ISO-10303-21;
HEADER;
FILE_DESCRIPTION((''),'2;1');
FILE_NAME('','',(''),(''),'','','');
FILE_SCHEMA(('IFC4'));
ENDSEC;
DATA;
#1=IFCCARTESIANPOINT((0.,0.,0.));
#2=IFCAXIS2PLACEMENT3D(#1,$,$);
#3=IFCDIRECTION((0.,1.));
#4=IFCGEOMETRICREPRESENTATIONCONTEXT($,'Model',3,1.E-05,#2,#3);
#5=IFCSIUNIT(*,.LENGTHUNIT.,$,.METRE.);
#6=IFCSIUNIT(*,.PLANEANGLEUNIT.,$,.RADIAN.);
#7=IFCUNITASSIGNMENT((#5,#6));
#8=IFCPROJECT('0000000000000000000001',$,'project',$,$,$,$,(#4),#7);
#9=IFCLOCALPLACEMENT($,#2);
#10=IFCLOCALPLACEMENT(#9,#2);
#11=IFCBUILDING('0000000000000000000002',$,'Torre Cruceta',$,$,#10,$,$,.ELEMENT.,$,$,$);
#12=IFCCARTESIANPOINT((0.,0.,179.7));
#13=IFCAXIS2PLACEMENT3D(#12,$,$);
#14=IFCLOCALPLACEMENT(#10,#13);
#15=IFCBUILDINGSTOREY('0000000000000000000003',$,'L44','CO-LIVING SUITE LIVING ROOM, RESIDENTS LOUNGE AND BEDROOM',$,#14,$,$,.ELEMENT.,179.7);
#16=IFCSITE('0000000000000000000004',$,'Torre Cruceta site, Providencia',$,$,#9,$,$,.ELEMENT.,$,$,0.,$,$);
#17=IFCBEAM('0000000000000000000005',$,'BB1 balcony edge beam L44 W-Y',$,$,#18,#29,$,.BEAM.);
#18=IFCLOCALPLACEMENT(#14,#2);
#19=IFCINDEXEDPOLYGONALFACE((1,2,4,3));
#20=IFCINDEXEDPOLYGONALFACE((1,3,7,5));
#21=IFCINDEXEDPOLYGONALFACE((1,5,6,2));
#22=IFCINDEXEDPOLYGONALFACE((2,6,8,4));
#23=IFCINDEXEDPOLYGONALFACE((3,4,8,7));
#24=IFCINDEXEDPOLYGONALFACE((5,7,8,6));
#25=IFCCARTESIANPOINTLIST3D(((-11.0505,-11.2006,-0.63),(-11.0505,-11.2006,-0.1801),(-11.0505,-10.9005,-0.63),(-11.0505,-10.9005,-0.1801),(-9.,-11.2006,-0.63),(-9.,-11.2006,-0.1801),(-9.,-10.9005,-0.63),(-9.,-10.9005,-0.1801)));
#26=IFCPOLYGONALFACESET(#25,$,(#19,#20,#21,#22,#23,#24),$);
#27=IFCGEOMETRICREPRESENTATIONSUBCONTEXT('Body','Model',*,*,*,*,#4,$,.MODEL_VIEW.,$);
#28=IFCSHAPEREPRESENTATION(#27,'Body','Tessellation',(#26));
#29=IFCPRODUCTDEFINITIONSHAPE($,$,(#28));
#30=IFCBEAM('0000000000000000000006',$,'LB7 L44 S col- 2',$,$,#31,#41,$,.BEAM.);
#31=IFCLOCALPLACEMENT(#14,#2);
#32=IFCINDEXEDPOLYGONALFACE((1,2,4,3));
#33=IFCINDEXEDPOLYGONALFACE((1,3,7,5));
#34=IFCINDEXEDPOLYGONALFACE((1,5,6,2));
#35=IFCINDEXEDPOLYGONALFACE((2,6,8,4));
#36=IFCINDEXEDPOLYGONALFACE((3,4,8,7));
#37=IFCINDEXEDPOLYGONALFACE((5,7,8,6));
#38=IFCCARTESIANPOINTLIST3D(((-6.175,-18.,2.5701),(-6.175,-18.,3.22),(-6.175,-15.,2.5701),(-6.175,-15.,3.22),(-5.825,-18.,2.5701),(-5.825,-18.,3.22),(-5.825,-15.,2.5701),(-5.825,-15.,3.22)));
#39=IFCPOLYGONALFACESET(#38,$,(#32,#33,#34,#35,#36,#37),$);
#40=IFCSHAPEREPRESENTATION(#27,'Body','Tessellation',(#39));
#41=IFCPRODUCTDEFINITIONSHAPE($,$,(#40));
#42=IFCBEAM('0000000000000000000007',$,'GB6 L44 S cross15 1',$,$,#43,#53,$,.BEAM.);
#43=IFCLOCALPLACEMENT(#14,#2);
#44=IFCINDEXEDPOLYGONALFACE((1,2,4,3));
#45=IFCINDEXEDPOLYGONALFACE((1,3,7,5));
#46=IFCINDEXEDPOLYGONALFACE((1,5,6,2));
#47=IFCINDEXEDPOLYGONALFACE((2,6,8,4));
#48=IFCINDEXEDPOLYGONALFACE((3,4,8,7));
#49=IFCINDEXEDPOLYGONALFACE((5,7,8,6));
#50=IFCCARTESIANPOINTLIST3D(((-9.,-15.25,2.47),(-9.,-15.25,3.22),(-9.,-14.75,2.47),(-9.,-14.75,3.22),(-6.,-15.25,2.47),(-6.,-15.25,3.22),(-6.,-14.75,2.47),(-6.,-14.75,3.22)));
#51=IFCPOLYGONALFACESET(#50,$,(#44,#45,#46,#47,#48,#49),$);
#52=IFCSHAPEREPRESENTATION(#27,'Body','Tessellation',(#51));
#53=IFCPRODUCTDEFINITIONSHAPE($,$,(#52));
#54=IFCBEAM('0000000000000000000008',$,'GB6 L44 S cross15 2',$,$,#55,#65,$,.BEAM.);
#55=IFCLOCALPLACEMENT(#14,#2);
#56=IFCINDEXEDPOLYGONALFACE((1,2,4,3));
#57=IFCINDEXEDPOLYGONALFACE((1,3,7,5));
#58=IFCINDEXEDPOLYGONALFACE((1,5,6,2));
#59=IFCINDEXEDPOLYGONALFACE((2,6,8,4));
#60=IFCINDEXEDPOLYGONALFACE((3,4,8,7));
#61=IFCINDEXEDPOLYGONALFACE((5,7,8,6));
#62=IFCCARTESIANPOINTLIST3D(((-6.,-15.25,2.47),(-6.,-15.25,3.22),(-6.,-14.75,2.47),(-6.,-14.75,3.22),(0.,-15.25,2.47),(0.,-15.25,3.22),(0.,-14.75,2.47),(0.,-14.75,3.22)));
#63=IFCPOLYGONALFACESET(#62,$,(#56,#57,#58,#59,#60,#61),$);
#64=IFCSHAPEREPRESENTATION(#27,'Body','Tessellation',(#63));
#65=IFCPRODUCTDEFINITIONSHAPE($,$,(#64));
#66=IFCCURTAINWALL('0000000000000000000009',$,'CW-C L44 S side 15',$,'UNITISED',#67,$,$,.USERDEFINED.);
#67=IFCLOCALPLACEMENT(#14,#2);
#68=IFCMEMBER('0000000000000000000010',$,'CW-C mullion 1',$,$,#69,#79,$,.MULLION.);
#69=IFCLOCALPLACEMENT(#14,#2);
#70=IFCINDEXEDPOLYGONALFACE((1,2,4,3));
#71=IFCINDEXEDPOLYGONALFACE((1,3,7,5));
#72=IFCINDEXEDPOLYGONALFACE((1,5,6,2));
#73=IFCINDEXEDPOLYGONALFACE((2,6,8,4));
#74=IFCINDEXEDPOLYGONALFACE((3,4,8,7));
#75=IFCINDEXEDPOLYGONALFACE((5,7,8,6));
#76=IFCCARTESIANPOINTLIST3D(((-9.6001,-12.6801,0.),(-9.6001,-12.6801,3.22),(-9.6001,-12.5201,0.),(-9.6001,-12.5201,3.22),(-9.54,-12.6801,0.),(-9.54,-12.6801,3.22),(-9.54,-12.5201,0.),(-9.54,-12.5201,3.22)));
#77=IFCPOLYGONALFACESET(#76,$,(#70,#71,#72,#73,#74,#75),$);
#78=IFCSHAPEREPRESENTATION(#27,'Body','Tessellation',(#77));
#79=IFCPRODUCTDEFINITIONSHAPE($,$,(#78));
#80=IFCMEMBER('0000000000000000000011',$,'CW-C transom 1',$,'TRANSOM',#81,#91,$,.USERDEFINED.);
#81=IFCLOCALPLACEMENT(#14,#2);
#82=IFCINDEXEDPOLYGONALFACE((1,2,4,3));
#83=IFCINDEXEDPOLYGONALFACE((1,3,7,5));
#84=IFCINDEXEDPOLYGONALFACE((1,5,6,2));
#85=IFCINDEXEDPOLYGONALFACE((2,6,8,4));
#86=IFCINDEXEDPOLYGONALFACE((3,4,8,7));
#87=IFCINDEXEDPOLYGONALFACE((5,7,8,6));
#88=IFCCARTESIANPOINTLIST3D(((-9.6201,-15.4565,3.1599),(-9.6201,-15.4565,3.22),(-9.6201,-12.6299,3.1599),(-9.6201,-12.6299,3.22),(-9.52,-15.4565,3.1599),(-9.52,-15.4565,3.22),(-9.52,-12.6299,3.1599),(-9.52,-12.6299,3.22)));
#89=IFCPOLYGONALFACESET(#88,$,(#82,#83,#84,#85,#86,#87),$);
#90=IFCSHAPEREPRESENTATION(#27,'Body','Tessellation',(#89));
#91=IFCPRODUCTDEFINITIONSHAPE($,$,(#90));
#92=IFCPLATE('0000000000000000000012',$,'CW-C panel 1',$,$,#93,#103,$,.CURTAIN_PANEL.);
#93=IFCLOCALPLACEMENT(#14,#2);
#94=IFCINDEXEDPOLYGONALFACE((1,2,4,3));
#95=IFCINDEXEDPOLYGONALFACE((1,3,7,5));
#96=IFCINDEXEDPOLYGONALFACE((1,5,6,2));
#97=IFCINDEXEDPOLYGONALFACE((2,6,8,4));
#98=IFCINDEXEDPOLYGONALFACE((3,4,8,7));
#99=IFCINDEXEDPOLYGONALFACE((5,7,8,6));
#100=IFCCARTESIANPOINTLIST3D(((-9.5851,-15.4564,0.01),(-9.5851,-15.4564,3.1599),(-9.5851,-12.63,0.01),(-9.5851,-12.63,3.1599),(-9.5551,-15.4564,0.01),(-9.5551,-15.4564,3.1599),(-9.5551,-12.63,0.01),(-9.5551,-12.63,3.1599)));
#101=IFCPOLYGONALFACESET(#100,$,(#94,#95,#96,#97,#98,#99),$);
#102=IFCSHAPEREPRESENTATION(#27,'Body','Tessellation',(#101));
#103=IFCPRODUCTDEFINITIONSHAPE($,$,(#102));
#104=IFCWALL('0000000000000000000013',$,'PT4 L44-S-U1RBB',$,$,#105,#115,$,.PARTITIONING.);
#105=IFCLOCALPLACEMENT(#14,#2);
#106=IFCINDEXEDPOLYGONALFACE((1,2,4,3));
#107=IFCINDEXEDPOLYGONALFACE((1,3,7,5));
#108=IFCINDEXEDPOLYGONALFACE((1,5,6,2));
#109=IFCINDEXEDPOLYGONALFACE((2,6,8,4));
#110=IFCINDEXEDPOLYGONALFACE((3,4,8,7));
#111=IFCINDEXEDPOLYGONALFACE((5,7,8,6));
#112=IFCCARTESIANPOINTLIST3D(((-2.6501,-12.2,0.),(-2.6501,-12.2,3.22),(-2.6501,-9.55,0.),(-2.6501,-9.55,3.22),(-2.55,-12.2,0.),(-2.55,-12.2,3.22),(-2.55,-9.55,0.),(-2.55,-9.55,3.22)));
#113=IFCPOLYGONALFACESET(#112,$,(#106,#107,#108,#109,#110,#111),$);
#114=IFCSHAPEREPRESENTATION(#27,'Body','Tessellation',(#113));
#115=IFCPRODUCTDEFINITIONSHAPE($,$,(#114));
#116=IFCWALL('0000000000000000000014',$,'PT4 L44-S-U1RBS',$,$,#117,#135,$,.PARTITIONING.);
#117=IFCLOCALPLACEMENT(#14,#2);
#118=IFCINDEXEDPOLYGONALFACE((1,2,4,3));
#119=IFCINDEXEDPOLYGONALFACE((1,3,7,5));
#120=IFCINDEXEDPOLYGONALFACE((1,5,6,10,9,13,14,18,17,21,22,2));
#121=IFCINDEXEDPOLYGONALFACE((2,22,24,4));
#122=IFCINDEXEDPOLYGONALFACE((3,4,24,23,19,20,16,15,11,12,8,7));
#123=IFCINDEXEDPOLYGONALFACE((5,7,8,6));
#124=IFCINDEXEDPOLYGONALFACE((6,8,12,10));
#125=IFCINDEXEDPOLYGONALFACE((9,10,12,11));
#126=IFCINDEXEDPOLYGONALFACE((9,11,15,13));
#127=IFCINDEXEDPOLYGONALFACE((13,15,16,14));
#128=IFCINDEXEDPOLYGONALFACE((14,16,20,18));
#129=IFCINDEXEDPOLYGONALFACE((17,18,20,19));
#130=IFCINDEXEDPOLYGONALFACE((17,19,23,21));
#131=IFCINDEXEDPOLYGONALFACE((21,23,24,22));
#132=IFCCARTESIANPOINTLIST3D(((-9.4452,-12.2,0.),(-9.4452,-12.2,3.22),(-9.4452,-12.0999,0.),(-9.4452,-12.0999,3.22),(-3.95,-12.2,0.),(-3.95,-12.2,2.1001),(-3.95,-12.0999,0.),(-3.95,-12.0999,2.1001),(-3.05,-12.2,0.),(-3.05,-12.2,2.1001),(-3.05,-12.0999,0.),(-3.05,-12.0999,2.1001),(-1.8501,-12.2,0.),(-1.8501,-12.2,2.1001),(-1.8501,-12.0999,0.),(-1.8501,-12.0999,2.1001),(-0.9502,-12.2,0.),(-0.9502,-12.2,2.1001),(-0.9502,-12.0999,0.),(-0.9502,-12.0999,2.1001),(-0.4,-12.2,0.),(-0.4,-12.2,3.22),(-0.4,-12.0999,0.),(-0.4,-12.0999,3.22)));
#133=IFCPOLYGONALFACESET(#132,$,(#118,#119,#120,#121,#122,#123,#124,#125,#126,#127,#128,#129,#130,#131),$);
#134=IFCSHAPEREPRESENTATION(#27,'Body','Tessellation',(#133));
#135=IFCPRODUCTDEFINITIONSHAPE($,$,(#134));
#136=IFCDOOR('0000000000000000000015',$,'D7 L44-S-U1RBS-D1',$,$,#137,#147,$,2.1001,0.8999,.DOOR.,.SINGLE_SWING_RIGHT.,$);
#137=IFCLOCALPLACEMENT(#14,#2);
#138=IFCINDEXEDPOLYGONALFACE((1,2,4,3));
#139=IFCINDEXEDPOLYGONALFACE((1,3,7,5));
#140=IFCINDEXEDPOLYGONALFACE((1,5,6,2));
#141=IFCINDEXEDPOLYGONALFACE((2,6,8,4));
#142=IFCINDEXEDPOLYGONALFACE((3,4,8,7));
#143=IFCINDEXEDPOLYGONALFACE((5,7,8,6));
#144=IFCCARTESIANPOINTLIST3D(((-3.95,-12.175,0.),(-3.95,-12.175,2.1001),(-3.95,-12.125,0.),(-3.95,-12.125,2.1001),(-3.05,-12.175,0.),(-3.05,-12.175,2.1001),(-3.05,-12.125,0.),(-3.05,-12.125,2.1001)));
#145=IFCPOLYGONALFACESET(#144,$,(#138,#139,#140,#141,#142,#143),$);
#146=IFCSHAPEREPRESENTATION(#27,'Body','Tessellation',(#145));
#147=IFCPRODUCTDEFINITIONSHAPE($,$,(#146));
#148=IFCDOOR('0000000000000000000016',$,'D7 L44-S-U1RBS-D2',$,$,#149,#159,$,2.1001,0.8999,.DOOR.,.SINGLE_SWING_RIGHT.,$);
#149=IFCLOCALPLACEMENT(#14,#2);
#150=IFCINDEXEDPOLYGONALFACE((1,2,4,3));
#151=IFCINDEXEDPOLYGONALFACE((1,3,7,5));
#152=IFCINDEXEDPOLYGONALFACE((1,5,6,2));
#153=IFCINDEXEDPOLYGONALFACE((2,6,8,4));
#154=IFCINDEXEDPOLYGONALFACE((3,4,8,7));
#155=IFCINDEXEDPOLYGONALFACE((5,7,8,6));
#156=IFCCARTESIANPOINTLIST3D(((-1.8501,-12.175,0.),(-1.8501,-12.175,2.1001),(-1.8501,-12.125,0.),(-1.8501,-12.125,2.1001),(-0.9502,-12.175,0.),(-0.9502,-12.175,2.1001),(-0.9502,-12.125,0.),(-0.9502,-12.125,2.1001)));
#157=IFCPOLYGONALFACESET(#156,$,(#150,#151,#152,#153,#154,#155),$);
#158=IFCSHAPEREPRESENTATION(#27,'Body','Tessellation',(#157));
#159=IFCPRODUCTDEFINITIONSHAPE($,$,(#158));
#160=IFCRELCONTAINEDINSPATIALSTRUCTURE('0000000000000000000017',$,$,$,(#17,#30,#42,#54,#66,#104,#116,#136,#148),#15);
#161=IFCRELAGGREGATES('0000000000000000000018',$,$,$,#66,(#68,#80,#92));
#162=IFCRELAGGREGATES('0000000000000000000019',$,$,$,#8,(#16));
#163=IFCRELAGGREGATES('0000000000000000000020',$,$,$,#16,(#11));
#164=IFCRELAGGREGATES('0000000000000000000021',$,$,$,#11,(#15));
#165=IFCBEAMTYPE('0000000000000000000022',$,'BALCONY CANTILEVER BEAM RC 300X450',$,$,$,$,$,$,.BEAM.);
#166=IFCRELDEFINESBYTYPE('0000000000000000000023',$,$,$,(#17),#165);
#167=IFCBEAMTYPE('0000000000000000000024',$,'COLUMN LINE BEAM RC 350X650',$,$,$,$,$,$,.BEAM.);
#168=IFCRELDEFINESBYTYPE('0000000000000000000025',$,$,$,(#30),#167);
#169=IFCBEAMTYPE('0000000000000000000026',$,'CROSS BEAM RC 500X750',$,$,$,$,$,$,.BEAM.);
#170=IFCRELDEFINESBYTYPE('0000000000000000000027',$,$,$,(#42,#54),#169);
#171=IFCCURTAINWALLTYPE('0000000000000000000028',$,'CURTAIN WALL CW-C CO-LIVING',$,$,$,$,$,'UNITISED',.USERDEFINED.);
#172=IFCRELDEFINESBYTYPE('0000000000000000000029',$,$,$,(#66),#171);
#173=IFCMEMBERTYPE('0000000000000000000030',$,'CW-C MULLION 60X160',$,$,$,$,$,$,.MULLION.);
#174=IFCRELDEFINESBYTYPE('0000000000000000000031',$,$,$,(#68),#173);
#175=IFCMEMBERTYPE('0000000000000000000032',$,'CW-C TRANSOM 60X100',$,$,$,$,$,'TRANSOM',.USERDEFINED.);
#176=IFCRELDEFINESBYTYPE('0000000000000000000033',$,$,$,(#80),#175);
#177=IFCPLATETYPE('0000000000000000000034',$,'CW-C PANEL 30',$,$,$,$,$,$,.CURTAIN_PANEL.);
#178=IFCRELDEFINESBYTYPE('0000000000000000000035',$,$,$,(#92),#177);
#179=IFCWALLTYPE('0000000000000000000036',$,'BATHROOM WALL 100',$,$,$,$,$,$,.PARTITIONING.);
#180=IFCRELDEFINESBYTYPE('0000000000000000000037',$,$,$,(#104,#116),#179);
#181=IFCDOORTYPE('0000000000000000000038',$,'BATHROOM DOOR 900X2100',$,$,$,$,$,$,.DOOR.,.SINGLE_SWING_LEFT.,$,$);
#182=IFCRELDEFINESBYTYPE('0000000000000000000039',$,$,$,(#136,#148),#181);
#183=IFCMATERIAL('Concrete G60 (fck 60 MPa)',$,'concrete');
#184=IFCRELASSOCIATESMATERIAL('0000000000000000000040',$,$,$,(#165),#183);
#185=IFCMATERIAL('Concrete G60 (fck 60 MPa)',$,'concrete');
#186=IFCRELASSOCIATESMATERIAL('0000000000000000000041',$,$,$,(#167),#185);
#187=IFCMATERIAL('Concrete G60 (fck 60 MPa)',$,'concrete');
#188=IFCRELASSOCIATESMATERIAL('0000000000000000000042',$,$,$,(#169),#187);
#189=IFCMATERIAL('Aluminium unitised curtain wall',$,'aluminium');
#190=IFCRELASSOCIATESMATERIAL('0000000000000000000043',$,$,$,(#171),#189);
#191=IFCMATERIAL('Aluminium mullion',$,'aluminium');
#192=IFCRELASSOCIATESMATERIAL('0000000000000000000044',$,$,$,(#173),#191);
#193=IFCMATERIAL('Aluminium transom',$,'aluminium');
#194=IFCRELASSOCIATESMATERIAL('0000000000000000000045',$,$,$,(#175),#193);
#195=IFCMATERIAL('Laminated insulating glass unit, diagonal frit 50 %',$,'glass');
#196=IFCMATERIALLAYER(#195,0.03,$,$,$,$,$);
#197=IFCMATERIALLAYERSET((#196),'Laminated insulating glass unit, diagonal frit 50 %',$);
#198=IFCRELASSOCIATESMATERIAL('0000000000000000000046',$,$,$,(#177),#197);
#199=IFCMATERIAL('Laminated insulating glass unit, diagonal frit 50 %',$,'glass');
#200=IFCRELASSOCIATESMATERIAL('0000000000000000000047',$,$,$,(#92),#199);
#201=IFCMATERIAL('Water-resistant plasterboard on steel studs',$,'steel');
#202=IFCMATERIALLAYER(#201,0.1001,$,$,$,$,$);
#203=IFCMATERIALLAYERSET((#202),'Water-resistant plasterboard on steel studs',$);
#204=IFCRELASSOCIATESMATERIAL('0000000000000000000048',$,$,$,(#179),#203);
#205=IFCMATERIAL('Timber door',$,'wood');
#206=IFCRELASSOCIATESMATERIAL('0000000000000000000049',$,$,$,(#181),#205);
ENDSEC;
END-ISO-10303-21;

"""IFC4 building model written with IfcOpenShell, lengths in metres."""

from ifc_helpers import new_model, si_unit, direction, frame, frame_2d, origin, origin_2d, place, context, subcontext, project, spatial, rectangle, extrude, material, layer, layer_set, material_profile, profile_set, type_object, element, fill, aggregate, save


model = new_model("IFC4")

# Units and contexts
model_context = context("Model", 3, precision=1e-05, world=origin(), true_north=direction((0.0, 1.0)))
body_context = subcontext(model_context, "Body", "Model", "MODEL_VIEW")
ifc_project = project(units=[si_unit("LENGTHUNIT", "METRE"), si_unit("PLANEANGLEUNIT", "RADIAN")], contexts=[model_context])

# Site, building, storey
site_placement = place(None, origin())
site = spatial("IfcSite", under=ifc_project, at=site_placement, Name="Torre Cruceta site, Providencia", CompositionType="ELEMENT", RefElevation=0.0)
building_placement = place(site_placement, origin())
building = spatial("IfcBuilding", under=site, at=building_placement, Name="Torre Cruceta", CompositionType="ELEMENT")
storey_placement = place(building_placement, frame((0.0, 0.0, 179.7)))
storey = spatial("IfcBuildingStorey", under=building, at=storey_placement, Name="L44", Description="CO-LIVING SUITE LIVING ROOM, RESIDENTS LOUNGE AND BEDROOM", CompositionType="ELEMENT", Elevation=179.7)

# Beams
ifc_material_1 = material(Name="Concrete G60 (fck 60 MPa)", Category="concrete")
ifc_material_profile_1 = material_profile(ifc_material_1, rectangle(XDim=0.3, YDim=0.45, at=origin_2d()), Name="RC 300X450")
ifc_profile_set_1 = profile_set([ifc_material_profile_1], Name="Concrete G60 (fck 60 MPa)")
beam_type_1 = type_object("IfcBeamType", Name="BALCONY CANTILEVER BEAM RC 300X450", PredefinedType="BEAM", material=ifc_profile_set_1)
beam_1_placement = place(storey_placement, frame((-9.0, -11.0505, -0.405), z_axis=(-1.0, 0.0, 0.0), x_axis=(0.0, -1.0, 0.0)))
element("IfcBeam", 1, at=beam_1_placement, inside=storey, type_object=beam_type_1, Name="BB1 balcony edge beam L44 W-Y", PredefinedType="BEAM", context=body_context, shape_type="SweptSolid", body=[
    extrude(rectangle(XDim=0.3, YDim=0.45, at=origin_2d()), origin(), (0.0, 0.0, 1.0), 2.0505),
])
ifc_material_2 = material(Name="Concrete G60 (fck 60 MPa)", Category="concrete")
ifc_material_profile_2 = material_profile(ifc_material_2, rectangle(XDim=0.3501, YDim=0.6499, at=origin_2d()), Name="RC 350X650")
ifc_profile_set_2 = profile_set([ifc_material_profile_2], Name="Concrete G60 (fck 60 MPa)")
beam_type_2 = type_object("IfcBeamType", Name="COLUMN LINE BEAM RC 350X650", PredefinedType="BEAM", material=ifc_profile_set_2)
beam_2_placement = place(storey_placement, frame((-6.0, -15.0, 2.895), z_axis=(0.0, -1.0, 0.0), x_axis=(1.0, 0.0, 0.0)))
element("IfcBeam", 2, at=beam_2_placement, inside=storey, type_object=beam_type_2, Name="LB7 L44 S col- 2", PredefinedType="BEAM", context=body_context, shape_type="SweptSolid", body=[
    extrude(rectangle(XDim=0.3501, YDim=0.6499, at=origin_2d()), origin(), (0.0, 0.0, 1.0), 3.0),
])
ifc_material_3 = material(Name="Concrete G60 (fck 60 MPa)", Category="concrete")
ifc_material_profile_3 = material_profile(ifc_material_3, rectangle(XDim=0.5, YDim=0.75, at=origin_2d()), Name="RC 500X750")
ifc_profile_set_3 = profile_set([ifc_material_profile_3], Name="Concrete G60 (fck 60 MPa)")
beam_type_3 = type_object("IfcBeamType", Name="CROSS BEAM RC 500X750", PredefinedType="BEAM", material=ifc_profile_set_3)
beam_3_placement = place(storey_placement, frame((-9.0, -15.0, 2.845), z_axis=(1.0, 0.0, 0.0), x_axis=(0.0, 1.0, 0.0)))
element("IfcBeam", 3, at=beam_3_placement, inside=storey, type_object=beam_type_3, Name="GB6 L44 S cross15 1", PredefinedType="BEAM", context=body_context, shape_type="SweptSolid", body=[
    extrude(rectangle(XDim=0.5, YDim=0.75, at=origin_2d()), origin(), (0.0, 0.0, 1.0), 3.0),
])
beam_4_placement = place(storey_placement, frame((-6.0, -15.0, 2.845), z_axis=(1.0, 0.0, 0.0), x_axis=(0.0, 1.0, 0.0)))
element("IfcBeam", 4, at=beam_4_placement, inside=storey, type_object=beam_type_3, Name="GB6 L44 S cross15 2", PredefinedType="BEAM", context=body_context, shape_type="SweptSolid", body=[
    extrude(rectangle(XDim=0.5, YDim=0.75, at=origin_2d()), origin(), (0.0, 0.0, 1.0), 6.0),
])

# Curtain wall, members, plate
ifc_material_4 = material(Name="Aluminium unitised curtain wall", Category="aluminium")
curtain_wall_type = type_object("IfcCurtainWallType", Name="CURTAIN WALL CW-C CO-LIVING", ElementType="UNITISED", PredefinedType="USERDEFINED", material=ifc_material_4)
curtain_wall_placement = place(storey_placement, origin())
curtain_wall = element("IfcCurtainWall", 5, at=curtain_wall_placement, inside=storey, type_object=curtain_wall_type, Name="CW-C L44 S side 15", ObjectType="UNITISED", PredefinedType="USERDEFINED")
ifc_material_5 = material(Name="Aluminium mullion", Category="aluminium")
ifc_material_profile_4 = material_profile(ifc_material_5, rectangle(XDim=0.0601, YDim=0.1599, at=origin_2d()), Name="AL 60X160")
ifc_profile_set_4 = profile_set([ifc_material_profile_4], Name="Aluminium mullion")
member_type_1 = type_object("IfcMemberType", Name="CW-C MULLION 60X160", PredefinedType="MULLION", material=ifc_profile_set_4)
member_1_placement = place(storey_placement, frame((-9.5701, -12.6001, 0.0), z_axis=(0.0, 0.0, 1.0), x_axis=(1.0, 0.0, 0.0)))
member_1 = element("IfcMember", 6, at=member_1_placement, type_object=member_type_1, Name="CW-C mullion 1", PredefinedType="MULLION", context=body_context, shape_type="SweptSolid", body=[
    extrude(rectangle(XDim=0.0601, YDim=0.1599, at=origin_2d()), origin(), (0.0, 0.0, 1.0), 3.22),
])
ifc_material_6 = material(Name="Aluminium transom", Category="aluminium")
ifc_material_profile_5 = material_profile(ifc_material_6, rectangle(XDim=0.1001, YDim=0.0601, at=origin_2d()), Name="AL 100X60")
ifc_profile_set_5 = profile_set([ifc_material_profile_5], Name="Aluminium transom")
member_type_2 = type_object("IfcMemberType", Name="CW-C TRANSOM 60X100", ElementType="TRANSOM", PredefinedType="USERDEFINED", material=ifc_profile_set_5)
member_2_placement = place(storey_placement, frame((-9.5701, -12.6299, 3.1899), z_axis=(0.0, -1.0, 0.0), x_axis=(1.0, 0.0, 0.0)))
member_2 = element("IfcMember", 7, at=member_2_placement, type_object=member_type_2, Name="CW-C transom 1", ObjectType="TRANSOM", PredefinedType="USERDEFINED", context=body_context, shape_type="SweptSolid", body=[
    extrude(rectangle(XDim=0.1001, YDim=0.0601, at=origin_2d()), origin(), (0.0, 0.0, 1.0), 2.8267),
])
ifc_material_7 = material(Name="Laminated insulating glass unit, diagonal frit 50 %", Category="glass")
ifc_material_8 = material(Name="Laminated insulating glass unit, diagonal frit 50 %", Category="glass")
ifc_layer_1 = layer(ifc_material_8, 0.03)
ifc_layer_set_1 = layer_set([ifc_layer_1], Name="Laminated insulating glass unit, diagonal frit 50 %")
plate_type = type_object("IfcPlateType", Name="CW-C PANEL 30", PredefinedType="CURTAIN_PANEL", material=ifc_layer_set_1)
plate_placement = place(storey_placement, frame((-9.5701, -14.0432, 0.01), z_axis=(0.0, 0.0, 1.0), x_axis=(0.0, -1.0, 0.0)))
plate = element("IfcPlate", 8, at=plate_placement, type_object=plate_type, material=ifc_material_7, Name="CW-C panel 1", PredefinedType="CURTAIN_PANEL", context=body_context, shape_type="SweptSolid", body=[
    extrude(rectangle(XDim=2.8264, YDim=0.03, at=origin_2d()), origin(), (0.0, 0.0, 1.0), 3.1499),
])
aggregate(curtain_wall, [member_1, member_2, plate])

# Wall
ifc_material_9 = material(Name="Water-resistant plasterboard on steel studs", Category="steel")
ifc_layer_2 = layer(ifc_material_9, 0.1001)
ifc_layer_set_2 = layer_set([ifc_layer_2], Name="Water-resistant plasterboard on steel studs")
wall_type_1 = type_object("IfcWallType", Name="BATHROOM WALL 100", PredefinedType="PARTITIONING", material=ifc_layer_set_2)
wall_1_placement = place(storey_placement, frame((-2.6001, -9.55, 0.0), z_axis=(0.0, 0.0, 1.0), x_axis=(0.0, -1.0, 0.0)))
element("IfcWall", 9, at=wall_1_placement, inside=storey, type_object=wall_type_1, Name="PT4 L44-S-U1RBB", PredefinedType="PARTITIONING", context=body_context, shape_type="SweptSolid", body=[
    extrude(rectangle(XDim=2.6499, YDim=0.1001, at=frame_2d((1.325, 0.0))), origin(), (0.0, 0.0, 1.0), 3.22),
])

# Wall, openings, doors
wall_2_placement = place(storey_placement, frame((-9.4451, -12.1499, 0.0), z_axis=(0.0, 0.0, 1.0), x_axis=(1.0, 0.0, 0.0)))
wall_2 = element("IfcWall", 10, at=wall_2_placement, inside=storey, type_object=wall_type_1, Name="PT4 L44-S-U1RBS", PredefinedType="PARTITIONING", context=body_context, shape_type="SweptSolid", body=[
    extrude(rectangle(XDim=9.0452, YDim=0.1001, at=frame_2d((4.5225, 0.0))), origin(), (0.0, 0.0, 1.0), 3.22),
])
opening_1_placement = place(wall_2_placement, frame((5.4951, 0.0, 0.0)))
opening_1 = element("IfcOpeningElement", 11, at=opening_1_placement, cuts=wall_2, PredefinedType="OPENING", context=body_context, shape_type="SweptSolid", body=[
    extrude(rectangle(XDim=0.8999, YDim=2.1001, at=frame_2d((0.45, 1.05))), frame((0.0, 0.0601, 0.0), z_axis=(0.0, -1.0, 0.0), x_axis=(1.0, 0.0, 0.0)), (0.0, 0.0, 1.0), 0.1201),
])
opening_2_placement = place(wall_2_placement, frame((7.595, 0.0, 0.0)))
opening_2 = element("IfcOpeningElement", 12, at=opening_2_placement, cuts=wall_2, PredefinedType="OPENING", context=body_context, shape_type="SweptSolid", body=[
    extrude(rectangle(XDim=0.8999, YDim=2.1001, at=frame_2d((0.45, 1.05))), frame((0.0, 0.0601, 0.0), z_axis=(0.0, -1.0, 0.0), x_axis=(1.0, 0.0, 0.0)), (0.0, 0.0, 1.0), 0.1201),
])
ifc_material_10 = material(Name="Timber door", Category="wood")
door_type = type_object("IfcDoorType", Name="BATHROOM DOOR 900X2100", OperationType="SINGLE_SWING_LEFT", PredefinedType="DOOR", material=ifc_material_10)
door_1_placement = place(opening_1_placement, origin())
door_1 = element("IfcDoor", 13, at=door_1_placement, inside=storey, type_object=door_type, Name="D7 L44-S-U1RBS-D1", OperationType="SINGLE_SWING_RIGHT", OverallHeight=2.1001, OverallWidth=0.8999, PredefinedType="DOOR", context=body_context, shape_type="SweptSolid", body=[
    extrude(rectangle(XDim=0.8999, YDim=2.1001, at=frame_2d((0.45, 1.05))), frame((0.0, 0.0249, 0.0), z_axis=(0.0, -1.0, 0.0), x_axis=(1.0, 0.0, 0.0)), (0.0, 0.0, 1.0), 0.05),
])
fill(opening_1, door_1)
door_2_placement = place(opening_2_placement, origin())
door_2 = element("IfcDoor", 14, at=door_2_placement, inside=storey, type_object=door_type, Name="D7 L44-S-U1RBS-D2", OperationType="SINGLE_SWING_RIGHT", OverallHeight=2.1001, OverallWidth=0.8999, PredefinedType="DOOR", context=body_context, shape_type="SweptSolid", body=[
    extrude(rectangle(XDim=0.8999, YDim=2.1001, at=frame_2d((0.45, 1.05))), frame((0.0, 0.0249, 0.0), z_axis=(0.0, -1.0, 0.0), x_axis=(1.0, 0.0, 0.0)), (0.0, 0.0, 1.0), 0.05),
])
fill(opening_2, door_2)

save(model, "model.ifc")
